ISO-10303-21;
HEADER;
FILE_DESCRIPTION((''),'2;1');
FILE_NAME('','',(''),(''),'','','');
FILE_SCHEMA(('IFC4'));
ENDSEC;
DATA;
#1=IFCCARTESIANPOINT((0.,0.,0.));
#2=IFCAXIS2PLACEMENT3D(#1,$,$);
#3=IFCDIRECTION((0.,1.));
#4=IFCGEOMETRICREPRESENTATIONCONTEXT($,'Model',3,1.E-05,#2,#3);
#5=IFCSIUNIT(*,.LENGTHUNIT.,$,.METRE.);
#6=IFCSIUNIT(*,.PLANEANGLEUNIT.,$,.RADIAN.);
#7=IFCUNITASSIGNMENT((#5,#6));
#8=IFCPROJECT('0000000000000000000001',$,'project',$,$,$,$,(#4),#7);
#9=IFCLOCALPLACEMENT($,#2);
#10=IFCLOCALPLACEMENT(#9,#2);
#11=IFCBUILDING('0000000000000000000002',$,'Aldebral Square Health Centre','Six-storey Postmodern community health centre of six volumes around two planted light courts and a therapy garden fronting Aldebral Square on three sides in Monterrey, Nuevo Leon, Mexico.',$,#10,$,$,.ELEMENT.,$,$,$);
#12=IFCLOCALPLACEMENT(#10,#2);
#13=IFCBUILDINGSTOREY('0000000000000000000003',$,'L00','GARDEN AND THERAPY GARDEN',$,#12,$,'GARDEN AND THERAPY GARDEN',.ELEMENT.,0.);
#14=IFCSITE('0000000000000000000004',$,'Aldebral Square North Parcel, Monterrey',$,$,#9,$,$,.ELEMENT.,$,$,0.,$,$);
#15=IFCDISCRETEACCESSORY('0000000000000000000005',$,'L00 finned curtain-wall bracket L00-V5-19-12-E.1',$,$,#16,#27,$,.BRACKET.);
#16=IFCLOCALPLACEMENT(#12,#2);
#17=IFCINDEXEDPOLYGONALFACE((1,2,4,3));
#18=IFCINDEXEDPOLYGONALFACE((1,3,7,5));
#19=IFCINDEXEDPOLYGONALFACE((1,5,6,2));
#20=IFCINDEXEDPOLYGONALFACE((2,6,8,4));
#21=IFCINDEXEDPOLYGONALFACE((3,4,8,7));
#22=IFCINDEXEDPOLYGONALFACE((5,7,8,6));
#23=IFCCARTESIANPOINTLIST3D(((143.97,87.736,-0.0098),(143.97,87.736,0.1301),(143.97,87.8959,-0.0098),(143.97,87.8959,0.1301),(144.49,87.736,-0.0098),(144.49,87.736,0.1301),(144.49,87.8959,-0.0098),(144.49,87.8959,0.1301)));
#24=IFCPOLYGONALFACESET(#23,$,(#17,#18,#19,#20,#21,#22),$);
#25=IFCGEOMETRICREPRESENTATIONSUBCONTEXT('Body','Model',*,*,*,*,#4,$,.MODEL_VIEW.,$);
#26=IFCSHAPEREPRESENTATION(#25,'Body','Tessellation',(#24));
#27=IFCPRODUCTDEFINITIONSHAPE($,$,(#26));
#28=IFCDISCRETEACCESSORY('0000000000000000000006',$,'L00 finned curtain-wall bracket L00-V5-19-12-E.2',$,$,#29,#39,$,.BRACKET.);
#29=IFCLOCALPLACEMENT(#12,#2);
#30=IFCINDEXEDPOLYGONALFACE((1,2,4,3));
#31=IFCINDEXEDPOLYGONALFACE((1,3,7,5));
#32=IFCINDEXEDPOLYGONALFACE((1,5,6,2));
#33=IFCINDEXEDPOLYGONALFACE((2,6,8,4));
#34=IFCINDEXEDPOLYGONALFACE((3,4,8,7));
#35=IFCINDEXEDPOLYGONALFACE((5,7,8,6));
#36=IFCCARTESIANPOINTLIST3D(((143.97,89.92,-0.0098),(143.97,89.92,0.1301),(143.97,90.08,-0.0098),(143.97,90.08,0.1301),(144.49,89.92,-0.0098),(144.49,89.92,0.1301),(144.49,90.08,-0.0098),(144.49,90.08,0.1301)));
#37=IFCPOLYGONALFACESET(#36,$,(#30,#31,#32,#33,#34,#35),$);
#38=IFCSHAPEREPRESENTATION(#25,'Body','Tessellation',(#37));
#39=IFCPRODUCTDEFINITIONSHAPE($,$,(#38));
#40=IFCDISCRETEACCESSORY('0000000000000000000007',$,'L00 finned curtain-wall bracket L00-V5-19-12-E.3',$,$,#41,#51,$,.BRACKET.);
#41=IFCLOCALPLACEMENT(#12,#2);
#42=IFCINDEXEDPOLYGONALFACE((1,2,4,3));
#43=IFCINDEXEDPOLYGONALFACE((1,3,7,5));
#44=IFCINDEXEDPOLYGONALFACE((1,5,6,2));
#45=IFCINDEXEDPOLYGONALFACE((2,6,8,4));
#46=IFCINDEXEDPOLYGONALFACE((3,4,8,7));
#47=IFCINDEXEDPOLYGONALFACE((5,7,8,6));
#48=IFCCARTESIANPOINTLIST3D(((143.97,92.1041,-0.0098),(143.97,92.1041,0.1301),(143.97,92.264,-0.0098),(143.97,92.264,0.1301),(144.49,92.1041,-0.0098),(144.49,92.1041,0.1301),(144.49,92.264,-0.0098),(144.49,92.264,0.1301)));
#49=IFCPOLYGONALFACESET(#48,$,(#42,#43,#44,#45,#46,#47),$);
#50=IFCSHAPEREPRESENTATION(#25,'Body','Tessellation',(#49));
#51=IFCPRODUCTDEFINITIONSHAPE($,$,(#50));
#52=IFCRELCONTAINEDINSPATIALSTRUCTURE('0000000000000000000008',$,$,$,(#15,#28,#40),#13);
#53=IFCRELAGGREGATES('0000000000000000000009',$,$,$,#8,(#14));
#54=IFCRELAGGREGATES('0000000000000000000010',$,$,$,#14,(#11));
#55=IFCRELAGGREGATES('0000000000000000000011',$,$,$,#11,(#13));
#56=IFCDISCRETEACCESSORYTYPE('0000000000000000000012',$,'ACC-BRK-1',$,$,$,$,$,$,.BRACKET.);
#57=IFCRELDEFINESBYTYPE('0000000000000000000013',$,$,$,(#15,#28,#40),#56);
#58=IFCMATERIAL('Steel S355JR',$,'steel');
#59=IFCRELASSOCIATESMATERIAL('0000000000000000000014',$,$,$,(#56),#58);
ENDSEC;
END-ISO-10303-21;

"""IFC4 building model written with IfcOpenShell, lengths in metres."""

from ifc_helpers import new_model, si_unit, direction, frame, origin, origin_2d, place, context, subcontext, project, spatial, rectangle, extrude, material, type_object, element, save


model = new_model("IFC4")

# Units and contexts
model_context = context("Model", 3, precision=1e-05, world=origin(), true_north=direction((0.0, 1.0)))
body_context = subcontext(model_context, "Body", "Model", "MODEL_VIEW")
ifc_project = project(units=[si_unit("LENGTHUNIT", "METRE"), si_unit("PLANEANGLEUNIT", "RADIAN")], contexts=[model_context])

# Site, building, storey
site_placement = place(None, origin())
site = spatial("IfcSite", under=ifc_project, at=site_placement, Name="Aldebral Square North Parcel, Monterrey", CompositionType="ELEMENT", RefElevation=0.0)
building_placement = place(site_placement, origin())
building = spatial("IfcBuilding", under=site, at=building_placement, Name="Aldebral Square Health Centre", Description="Six-storey Postmodern community health centre of six volumes around two planted light courts and a therapy garden fronting Aldebral Square on three sides in Monterrey, Nuevo Leon, Mexico.", CompositionType="ELEMENT")
storey_placement = place(building_placement, origin())
storey = spatial("IfcBuildingStorey", under=building, at=storey_placement, Name="L00", Description="GARDEN AND THERAPY GARDEN", LongName="GARDEN AND THERAPY GARDEN", CompositionType="ELEMENT", Elevation=0.0)

# Discrete accessories
ifc_material_1 = material(Name="Steel S355JR", Category="steel")
discrete_accessory_type = type_object("IfcDiscreteAccessoryType", Name="ACC-BRK-1", PredefinedType="BRACKET", material=ifc_material_1)
for number, where, z_axis, x_axis, name in (
    (1, (144.23, 87.8159, -0.0098), (0.0, 0.0, 1.0), (0.0, 1.0, 0.0), "L00 finned curtain-wall bracket L00-V5-19-12-E.1"),
    (2, (144.23, 90.0, -0.0098), (0.0, 0.0, 1.0), (0.0, 1.0, 0.0), "L00 finned curtain-wall bracket L00-V5-19-12-E.2"),
    (3, (144.23, 92.1841, -0.0098), (0.0, 0.0, 1.0), (0.0, 1.0, 0.0), "L00 finned curtain-wall bracket L00-V5-19-12-E.3"),
):
    element("IfcDiscreteAccessory", number, at=place(storey_placement, frame(where, z_axis=z_axis, x_axis=x_axis)), inside=storey, type_object=discrete_accessory_type, Name=name, PredefinedType="BRACKET", context=body_context, shape_type="SweptSolid", body=[
        extrude(rectangle(XDim=0.1599, YDim=0.52, at=origin_2d()), origin(), (0.0, 0.0, 1.0), 0.1399),
    ])

save(model, "model.ifc")
